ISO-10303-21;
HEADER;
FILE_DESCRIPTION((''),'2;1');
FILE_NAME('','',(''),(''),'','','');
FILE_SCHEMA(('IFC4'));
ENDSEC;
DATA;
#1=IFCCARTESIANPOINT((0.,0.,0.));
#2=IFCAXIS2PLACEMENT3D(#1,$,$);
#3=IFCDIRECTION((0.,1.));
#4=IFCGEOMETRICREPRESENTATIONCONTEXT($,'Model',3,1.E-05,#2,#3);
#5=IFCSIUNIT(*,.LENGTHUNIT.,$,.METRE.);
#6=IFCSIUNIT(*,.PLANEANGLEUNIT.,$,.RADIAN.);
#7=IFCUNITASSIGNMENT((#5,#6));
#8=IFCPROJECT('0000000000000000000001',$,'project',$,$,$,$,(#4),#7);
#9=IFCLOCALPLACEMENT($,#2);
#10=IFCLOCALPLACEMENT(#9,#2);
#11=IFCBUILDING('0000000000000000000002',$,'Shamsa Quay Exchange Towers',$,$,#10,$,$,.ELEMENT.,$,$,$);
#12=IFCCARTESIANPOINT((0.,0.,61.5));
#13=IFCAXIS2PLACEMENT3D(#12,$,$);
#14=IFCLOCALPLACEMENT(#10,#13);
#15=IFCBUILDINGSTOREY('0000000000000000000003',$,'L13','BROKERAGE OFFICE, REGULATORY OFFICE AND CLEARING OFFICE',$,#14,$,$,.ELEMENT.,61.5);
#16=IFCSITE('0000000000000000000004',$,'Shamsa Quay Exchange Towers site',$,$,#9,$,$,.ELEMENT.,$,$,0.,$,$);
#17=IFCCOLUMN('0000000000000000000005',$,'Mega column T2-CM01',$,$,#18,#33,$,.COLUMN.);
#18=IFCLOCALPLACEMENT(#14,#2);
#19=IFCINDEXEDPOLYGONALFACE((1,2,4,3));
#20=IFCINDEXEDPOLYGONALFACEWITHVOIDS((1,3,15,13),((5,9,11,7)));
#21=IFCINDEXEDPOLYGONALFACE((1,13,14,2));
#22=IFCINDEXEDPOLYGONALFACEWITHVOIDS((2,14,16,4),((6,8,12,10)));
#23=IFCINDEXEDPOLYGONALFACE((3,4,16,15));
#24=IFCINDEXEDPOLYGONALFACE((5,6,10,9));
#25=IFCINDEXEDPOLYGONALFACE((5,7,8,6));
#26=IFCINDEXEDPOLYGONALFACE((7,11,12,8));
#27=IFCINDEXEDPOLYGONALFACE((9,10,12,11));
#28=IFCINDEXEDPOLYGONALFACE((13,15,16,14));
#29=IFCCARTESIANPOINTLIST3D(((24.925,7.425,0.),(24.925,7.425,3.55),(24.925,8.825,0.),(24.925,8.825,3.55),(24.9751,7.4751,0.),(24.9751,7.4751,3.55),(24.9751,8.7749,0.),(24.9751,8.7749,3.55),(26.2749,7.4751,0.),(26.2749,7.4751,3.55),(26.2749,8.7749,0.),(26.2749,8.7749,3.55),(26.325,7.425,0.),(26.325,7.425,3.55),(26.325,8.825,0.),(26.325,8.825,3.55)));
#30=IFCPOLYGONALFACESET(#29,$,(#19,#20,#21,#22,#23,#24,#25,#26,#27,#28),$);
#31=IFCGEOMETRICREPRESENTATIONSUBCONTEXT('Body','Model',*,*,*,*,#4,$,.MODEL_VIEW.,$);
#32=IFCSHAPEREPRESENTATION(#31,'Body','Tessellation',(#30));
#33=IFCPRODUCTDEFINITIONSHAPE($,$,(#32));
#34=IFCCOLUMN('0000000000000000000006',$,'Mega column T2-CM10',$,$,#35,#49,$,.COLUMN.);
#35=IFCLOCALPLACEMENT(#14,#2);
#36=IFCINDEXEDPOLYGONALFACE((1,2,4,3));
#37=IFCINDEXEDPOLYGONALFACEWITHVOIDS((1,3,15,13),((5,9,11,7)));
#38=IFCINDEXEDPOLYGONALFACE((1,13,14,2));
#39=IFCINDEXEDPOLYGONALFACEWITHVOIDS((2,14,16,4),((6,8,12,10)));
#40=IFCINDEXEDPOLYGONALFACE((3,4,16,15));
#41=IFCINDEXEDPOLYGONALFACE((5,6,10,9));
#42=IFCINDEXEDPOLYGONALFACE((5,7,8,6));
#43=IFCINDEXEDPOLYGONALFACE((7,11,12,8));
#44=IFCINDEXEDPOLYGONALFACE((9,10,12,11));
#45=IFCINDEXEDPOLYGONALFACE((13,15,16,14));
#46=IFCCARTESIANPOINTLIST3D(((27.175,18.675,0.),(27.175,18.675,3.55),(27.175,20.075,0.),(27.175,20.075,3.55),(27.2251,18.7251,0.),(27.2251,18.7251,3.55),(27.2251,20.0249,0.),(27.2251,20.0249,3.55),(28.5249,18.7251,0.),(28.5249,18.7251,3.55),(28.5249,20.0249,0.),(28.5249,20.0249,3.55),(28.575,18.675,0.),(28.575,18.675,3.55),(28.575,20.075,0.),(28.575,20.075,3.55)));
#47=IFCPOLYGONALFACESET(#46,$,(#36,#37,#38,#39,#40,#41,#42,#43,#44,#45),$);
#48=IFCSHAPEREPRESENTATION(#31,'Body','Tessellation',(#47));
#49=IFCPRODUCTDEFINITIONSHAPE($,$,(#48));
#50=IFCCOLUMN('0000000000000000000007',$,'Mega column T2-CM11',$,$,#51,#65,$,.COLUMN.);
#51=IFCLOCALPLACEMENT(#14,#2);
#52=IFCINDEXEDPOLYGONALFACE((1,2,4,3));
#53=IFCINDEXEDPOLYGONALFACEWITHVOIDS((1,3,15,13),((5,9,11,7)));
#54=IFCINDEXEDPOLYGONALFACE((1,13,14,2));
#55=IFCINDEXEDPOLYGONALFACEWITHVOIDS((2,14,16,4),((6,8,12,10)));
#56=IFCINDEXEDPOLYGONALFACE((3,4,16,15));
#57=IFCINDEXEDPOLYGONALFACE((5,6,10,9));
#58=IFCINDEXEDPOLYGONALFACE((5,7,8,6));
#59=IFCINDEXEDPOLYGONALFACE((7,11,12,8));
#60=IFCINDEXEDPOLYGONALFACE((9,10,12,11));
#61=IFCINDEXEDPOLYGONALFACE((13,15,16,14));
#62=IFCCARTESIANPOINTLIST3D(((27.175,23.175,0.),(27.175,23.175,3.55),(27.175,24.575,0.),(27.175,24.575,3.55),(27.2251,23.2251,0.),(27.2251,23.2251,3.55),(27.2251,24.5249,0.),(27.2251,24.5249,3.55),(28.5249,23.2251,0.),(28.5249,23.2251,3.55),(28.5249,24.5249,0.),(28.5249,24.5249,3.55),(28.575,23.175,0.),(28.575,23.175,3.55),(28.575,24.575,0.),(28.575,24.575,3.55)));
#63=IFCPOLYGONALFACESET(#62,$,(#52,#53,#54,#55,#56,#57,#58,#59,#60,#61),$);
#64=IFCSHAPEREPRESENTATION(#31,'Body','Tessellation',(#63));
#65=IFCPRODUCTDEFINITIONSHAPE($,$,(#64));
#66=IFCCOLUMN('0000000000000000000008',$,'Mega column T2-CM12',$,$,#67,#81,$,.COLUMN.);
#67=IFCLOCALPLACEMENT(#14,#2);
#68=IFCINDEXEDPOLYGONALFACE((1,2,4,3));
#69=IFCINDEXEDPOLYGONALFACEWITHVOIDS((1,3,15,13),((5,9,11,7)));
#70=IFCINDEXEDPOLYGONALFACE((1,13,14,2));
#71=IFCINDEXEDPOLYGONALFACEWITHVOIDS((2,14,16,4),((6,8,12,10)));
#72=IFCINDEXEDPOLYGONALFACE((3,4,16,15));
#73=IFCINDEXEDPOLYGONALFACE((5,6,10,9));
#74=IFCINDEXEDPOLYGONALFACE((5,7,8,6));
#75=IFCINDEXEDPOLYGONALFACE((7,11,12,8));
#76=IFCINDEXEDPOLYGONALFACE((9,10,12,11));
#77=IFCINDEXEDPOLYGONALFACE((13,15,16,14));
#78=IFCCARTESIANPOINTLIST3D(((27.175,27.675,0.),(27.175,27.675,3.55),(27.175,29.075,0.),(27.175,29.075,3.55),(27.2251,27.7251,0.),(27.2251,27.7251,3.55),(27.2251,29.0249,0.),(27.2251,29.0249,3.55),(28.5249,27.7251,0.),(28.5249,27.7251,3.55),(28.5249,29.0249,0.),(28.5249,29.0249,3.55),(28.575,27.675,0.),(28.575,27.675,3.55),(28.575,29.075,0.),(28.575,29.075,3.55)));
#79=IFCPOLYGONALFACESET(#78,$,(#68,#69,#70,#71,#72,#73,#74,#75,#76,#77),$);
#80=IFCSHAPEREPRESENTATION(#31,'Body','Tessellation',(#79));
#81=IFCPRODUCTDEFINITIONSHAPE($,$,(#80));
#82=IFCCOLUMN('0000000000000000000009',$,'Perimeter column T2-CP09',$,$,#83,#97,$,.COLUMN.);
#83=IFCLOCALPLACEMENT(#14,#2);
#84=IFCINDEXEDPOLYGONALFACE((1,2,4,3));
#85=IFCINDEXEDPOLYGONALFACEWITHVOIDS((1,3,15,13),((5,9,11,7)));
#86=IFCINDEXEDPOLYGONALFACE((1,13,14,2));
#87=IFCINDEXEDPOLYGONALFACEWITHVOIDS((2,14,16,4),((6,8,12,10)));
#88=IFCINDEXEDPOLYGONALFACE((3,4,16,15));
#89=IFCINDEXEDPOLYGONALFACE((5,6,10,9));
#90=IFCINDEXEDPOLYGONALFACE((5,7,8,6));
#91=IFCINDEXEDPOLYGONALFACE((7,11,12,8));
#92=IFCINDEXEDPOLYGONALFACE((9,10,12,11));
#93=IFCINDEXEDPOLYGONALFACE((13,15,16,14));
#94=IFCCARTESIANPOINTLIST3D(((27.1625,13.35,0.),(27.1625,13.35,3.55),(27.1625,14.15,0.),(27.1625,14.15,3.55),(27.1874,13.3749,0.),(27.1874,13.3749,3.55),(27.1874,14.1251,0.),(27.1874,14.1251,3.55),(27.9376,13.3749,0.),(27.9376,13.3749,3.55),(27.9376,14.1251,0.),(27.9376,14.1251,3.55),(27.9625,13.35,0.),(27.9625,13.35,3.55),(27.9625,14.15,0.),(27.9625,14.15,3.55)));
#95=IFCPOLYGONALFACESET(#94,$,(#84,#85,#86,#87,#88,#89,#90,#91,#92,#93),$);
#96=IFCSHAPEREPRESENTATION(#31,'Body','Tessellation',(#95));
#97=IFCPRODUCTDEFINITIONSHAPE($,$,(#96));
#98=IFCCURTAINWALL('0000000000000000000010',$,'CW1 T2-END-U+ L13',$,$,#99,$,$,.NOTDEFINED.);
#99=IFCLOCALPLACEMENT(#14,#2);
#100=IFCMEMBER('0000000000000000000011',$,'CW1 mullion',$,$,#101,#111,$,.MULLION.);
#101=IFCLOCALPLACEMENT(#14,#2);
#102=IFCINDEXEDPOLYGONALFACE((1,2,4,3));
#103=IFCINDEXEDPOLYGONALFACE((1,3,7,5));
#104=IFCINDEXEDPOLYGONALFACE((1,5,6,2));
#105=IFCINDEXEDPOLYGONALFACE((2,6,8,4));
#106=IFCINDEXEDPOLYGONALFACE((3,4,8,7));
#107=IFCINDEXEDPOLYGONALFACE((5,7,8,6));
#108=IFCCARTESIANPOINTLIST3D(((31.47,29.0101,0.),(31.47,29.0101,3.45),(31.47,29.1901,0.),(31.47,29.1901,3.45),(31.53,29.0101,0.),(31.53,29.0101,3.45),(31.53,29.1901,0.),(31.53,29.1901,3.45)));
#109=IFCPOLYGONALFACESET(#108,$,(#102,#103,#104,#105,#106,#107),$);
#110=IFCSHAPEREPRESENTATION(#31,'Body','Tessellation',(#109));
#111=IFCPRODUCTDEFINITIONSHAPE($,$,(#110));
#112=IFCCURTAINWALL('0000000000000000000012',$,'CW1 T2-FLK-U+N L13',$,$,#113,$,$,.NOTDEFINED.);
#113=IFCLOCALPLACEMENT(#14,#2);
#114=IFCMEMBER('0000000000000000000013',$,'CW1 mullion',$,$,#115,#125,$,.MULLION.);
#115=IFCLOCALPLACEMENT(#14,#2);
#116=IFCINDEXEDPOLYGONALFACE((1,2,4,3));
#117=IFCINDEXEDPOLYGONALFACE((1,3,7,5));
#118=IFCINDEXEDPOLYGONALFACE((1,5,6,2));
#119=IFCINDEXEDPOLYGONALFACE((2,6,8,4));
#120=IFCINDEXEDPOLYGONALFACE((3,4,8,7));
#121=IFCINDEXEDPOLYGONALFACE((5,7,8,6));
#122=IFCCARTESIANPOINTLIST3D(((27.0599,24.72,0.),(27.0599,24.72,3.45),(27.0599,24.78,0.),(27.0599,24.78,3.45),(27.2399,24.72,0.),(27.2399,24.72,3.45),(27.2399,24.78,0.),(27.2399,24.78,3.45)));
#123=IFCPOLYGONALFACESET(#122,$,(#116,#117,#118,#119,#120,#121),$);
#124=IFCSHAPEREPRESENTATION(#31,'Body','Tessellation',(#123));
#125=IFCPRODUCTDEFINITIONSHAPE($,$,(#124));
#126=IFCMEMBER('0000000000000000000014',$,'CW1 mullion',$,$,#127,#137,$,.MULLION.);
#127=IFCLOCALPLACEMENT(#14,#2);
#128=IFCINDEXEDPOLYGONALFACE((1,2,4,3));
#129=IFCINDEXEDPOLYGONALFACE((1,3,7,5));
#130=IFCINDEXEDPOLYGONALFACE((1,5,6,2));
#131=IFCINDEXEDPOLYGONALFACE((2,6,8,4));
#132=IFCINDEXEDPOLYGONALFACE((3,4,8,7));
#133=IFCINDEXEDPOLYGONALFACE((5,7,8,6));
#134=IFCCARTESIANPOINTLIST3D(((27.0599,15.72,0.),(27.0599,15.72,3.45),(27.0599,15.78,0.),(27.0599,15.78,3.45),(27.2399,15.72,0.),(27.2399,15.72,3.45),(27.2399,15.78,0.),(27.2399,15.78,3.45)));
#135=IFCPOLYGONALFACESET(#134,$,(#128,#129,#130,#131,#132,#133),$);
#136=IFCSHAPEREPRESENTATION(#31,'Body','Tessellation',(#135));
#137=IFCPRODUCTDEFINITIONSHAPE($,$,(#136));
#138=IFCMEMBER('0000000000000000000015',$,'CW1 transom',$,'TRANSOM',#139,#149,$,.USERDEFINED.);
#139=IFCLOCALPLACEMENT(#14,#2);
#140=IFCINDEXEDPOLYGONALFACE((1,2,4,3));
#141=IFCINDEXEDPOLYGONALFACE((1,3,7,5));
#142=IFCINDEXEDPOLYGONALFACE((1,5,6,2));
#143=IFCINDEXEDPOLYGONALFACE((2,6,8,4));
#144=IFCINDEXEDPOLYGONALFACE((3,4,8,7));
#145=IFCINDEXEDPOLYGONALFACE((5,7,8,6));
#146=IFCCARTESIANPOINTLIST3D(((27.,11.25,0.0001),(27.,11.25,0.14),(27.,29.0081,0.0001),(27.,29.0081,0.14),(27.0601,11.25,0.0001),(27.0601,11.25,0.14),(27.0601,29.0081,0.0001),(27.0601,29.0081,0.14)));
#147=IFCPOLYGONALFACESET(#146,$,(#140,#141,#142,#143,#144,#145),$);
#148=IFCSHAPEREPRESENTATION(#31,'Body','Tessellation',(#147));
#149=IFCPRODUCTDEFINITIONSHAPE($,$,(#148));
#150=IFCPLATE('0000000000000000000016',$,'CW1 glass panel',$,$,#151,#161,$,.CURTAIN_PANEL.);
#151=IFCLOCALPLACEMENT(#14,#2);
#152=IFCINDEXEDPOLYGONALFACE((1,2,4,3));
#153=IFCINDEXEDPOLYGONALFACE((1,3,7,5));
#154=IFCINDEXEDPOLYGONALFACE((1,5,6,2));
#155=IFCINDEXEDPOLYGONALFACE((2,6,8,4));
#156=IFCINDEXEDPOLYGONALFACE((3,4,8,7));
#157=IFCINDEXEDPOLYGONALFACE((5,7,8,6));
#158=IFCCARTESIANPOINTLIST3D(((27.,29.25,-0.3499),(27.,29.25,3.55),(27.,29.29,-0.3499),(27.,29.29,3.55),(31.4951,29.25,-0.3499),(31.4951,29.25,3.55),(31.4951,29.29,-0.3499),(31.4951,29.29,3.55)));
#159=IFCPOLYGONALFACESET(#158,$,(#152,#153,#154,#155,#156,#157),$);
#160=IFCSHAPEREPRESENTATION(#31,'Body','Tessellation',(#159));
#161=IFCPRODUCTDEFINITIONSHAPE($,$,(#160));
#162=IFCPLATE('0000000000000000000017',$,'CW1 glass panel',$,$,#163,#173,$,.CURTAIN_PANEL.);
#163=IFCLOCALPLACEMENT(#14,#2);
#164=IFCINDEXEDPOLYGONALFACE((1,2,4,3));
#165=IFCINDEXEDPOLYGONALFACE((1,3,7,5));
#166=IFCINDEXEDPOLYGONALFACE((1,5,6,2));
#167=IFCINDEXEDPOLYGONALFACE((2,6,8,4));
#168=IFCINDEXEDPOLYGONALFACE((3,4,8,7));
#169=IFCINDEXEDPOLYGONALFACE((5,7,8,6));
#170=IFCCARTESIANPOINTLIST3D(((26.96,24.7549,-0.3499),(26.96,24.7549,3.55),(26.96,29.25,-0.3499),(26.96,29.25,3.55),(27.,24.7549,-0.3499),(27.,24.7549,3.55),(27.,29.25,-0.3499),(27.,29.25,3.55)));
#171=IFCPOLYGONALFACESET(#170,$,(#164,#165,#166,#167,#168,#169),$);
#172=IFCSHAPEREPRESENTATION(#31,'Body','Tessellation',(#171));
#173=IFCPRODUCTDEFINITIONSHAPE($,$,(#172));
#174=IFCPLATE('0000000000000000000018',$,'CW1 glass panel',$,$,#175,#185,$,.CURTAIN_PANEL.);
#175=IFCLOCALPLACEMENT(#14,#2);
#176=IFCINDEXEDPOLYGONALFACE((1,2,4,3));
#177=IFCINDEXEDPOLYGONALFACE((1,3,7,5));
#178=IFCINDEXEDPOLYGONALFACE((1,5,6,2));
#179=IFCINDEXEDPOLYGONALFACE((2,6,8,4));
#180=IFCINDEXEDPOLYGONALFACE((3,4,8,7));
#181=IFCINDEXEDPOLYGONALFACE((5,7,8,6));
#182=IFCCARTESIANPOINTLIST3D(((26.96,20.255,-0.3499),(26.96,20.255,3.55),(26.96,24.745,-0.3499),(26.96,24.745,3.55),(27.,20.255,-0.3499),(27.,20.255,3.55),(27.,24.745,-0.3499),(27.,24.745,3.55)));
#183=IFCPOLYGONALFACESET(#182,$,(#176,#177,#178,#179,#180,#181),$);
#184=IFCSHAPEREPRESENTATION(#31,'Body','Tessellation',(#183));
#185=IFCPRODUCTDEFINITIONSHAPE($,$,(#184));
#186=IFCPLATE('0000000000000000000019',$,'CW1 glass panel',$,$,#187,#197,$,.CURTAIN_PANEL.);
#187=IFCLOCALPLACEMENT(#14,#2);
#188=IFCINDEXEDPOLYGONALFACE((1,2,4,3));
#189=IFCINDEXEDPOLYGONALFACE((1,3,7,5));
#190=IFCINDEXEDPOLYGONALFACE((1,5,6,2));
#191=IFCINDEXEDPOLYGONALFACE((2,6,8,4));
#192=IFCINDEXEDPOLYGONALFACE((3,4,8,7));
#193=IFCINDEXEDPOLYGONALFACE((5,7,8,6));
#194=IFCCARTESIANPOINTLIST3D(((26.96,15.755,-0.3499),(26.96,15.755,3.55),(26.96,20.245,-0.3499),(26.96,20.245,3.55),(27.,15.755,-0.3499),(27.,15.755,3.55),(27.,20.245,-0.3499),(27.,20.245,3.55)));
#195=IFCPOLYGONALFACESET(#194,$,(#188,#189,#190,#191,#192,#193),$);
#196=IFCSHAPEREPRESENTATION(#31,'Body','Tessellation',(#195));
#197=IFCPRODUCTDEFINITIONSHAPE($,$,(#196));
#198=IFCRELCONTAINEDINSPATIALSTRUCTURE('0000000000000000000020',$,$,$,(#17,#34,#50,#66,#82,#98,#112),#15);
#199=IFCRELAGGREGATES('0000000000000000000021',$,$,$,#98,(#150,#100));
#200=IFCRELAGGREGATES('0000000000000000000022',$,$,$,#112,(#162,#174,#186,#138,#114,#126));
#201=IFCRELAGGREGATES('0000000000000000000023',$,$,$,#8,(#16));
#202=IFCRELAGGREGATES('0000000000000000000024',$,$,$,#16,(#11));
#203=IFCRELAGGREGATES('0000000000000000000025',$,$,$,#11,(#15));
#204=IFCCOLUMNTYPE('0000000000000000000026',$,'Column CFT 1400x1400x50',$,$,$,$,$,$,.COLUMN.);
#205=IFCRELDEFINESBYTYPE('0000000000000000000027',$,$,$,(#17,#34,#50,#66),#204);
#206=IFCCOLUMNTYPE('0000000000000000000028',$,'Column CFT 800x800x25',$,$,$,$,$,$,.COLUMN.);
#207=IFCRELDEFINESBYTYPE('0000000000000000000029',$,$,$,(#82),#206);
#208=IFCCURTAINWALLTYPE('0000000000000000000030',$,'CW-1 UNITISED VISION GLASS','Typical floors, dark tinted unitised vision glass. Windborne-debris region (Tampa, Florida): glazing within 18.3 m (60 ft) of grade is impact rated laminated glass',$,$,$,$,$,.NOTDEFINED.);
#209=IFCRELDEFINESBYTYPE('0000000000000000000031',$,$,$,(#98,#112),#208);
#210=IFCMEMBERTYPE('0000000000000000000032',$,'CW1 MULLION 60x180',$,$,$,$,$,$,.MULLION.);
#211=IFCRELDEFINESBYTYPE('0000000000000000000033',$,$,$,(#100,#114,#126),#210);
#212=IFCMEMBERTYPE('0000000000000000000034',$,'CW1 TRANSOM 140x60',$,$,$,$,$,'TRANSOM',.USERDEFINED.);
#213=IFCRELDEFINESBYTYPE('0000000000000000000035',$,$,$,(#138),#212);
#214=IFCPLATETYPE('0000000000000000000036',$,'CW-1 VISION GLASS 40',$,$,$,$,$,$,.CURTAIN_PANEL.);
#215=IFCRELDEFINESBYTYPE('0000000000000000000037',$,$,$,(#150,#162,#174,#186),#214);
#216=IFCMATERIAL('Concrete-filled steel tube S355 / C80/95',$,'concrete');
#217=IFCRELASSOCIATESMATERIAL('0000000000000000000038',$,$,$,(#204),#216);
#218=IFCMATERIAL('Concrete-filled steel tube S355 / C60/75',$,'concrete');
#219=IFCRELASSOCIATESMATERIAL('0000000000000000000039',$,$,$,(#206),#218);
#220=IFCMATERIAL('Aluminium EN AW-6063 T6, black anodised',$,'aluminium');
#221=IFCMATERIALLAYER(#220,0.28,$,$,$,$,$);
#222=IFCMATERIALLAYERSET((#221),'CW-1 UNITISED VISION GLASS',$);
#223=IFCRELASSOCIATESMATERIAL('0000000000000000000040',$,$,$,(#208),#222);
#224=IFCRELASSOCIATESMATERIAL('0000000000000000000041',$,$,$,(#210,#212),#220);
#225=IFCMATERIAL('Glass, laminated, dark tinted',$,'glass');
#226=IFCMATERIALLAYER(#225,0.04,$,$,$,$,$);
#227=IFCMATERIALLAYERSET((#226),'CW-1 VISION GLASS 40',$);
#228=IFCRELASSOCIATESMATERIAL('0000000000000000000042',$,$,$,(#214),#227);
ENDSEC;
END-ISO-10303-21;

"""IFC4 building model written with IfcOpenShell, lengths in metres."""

from ifc_helpers import new_model, si_unit, direction, frame, origin, origin_2d, place, context, subcontext, project, spatial, rectangle, hollow_rectangle, extrude, material, layer, layer_set, material_profile, profile_set, type_object, element, aggregate, save


model = new_model("IFC4")

# Units and contexts
model_context = context("Model", 3, precision=1e-05, world=origin(), true_north=direction((0.0, 1.0)))
body_context = subcontext(model_context, "Body", "Model", "MODEL_VIEW")
ifc_project = project(units=[si_unit("LENGTHUNIT", "METRE"), si_unit("PLANEANGLEUNIT", "RADIAN")], contexts=[model_context])

# Site, building, storey
site_placement = place(None, origin())
site = spatial("IfcSite", under=ifc_project, at=site_placement, Name="Shamsa Quay Exchange Towers site", CompositionType="ELEMENT", RefElevation=0.0)
building_placement = place(site_placement, origin())
building = spatial("IfcBuilding", under=site, at=building_placement, Name="Shamsa Quay Exchange Towers", CompositionType="ELEMENT")
storey_placement = place(building_placement, frame((0.0, 0.0, 61.5)))
storey = spatial("IfcBuildingStorey", under=building, at=storey_placement, Name="L13", Description="BROKERAGE OFFICE, REGULATORY OFFICE AND CLEARING OFFICE", CompositionType="ELEMENT", Elevation=61.5)

# Columns
ifc_material_1 = material(Name="Concrete-filled steel tube S355 / C80/95", Category="concrete")
ifc_material_profile_1 = material_profile(ifc_material_1, hollow_rectangle(XDim=1.3999, YDim=1.3999, WallThickness=0.05, at=origin_2d()), Name="CFT 1400x1400x50")
ifc_profile_set_1 = profile_set([ifc_material_profile_1], Name="Concrete-filled steel tube S355 / C80/95")
column_type_1 = type_object("IfcColumnType", Name="Column CFT 1400x1400x50", PredefinedType="COLUMN", material=ifc_profile_set_1)
for number, where, name in (
    (1, (25.625, 8.125, 0.0), "Mega column T2-CM01"),
    (2, (27.875, 19.375, 0.0), "Mega column T2-CM10"),
    (3, (27.875, 23.875, 0.0), "Mega column T2-CM11"),
    (4, (27.875, 28.375, 0.0), "Mega column T2-CM12"),
):
    element("IfcColumn", number, at=place(storey_placement, frame(where)), inside=storey, type_object=column_type_1, Name=name, PredefinedType="COLUMN", context=body_context, shape_type="SweptSolid", body=[
        extrude(hollow_rectangle(XDim=1.3999, YDim=1.3999, WallThickness=0.05, at=origin_2d()), origin(), (0.0, 0.0, 1.0), 3.55),
    ])
ifc_material_2 = material(Name="Concrete-filled steel tube S355 / C60/75", Category="concrete")
ifc_material_profile_2 = material_profile(ifc_material_2, hollow_rectangle(XDim=0.8, YDim=0.8, WallThickness=0.0249, at=origin_2d()), Name="CFT 800x800x25")
ifc_profile_set_2 = profile_set([ifc_material_profile_2], Name="Concrete-filled steel tube S355 / C60/75")
column_type_2 = type_object("IfcColumnType", Name="Column CFT 800x800x25", PredefinedType="COLUMN", material=ifc_profile_set_2)
column_placement = place(storey_placement, frame((27.5625, 13.75, 0.0)))
element("IfcColumn", 5, at=column_placement, inside=storey, type_object=column_type_2, Name="Perimeter column T2-CP09", PredefinedType="COLUMN", context=body_context, shape_type="SweptSolid", body=[
    extrude(hollow_rectangle(XDim=0.8, YDim=0.8, WallThickness=0.0249, at=origin_2d()), origin(), (0.0, 0.0, 1.0), 3.55),
])

# Curtain wall, member
ifc_material_3 = material(Name="Aluminium EN AW-6063 T6, black anodised", Category="aluminium")
ifc_layer_1 = layer(ifc_material_3, 0.28)
ifc_layer_set_1 = layer_set([ifc_layer_1], Name="CW-1 UNITISED VISION GLASS")
curtain_wall_type_1 = type_object("IfcCurtainWallType", Name="CW-1 UNITISED VISION GLASS", Description="Typical floors, dark tinted unitised vision glass. Windborne-debris region (Tampa, Florida): glazing within 18.3 m (60 ft) of grade is impact rated laminated glass", PredefinedType="NOTDEFINED", material=ifc_layer_set_1)
curtain_wall_1_placement = place(storey_placement, origin())
curtain_wall_1 = element("IfcCurtainWall", 6, at=curtain_wall_1_placement, inside=storey, type_object=curtain_wall_type_1, Name="CW1 T2-END-U+ L13", PredefinedType="NOTDEFINED")
ifc_material_profile_3 = material_profile(ifc_material_3, rectangle(XDim=0.1799, YDim=0.0601, at=origin_2d()), Name="MU60x180")
ifc_profile_set_3 = profile_set([ifc_material_profile_3], Name="Aluminium EN AW-6063 T6, black anodised")
member_type_1 = type_object("IfcMemberType", Name="CW1 MULLION 60x180", PredefinedType="MULLION", material=ifc_profile_set_3)
member_1_placement = place(storey_placement, frame((31.5, 29.1001, 0.0), z_axis=(0.0, 0.0, 1.0), x_axis=(0.0, -1.0, 0.0)))
member_1 = element("IfcMember", 7, at=member_1_placement, type_object=member_type_1, Name="CW1 mullion", PredefinedType="MULLION", context=body_context, shape_type="SweptSolid", body=[
    extrude(rectangle(XDim=0.1799, YDim=0.0601, at=origin_2d()), origin(), (0.0, 0.0, 1.0), 3.45),
])

# Curtain wall, members
curtain_wall_2_placement = place(storey_placement, origin())
curtain_wall_2 = element("IfcCurtainWall", 8, at=curtain_wall_2_placement, inside=storey, type_object=curtain_wall_type_1, Name="CW1 T2-FLK-U+N L13", PredefinedType="NOTDEFINED")
member_2_placement = place(storey_placement, frame((27.1499, 24.75, 0.0)))
member_2 = element("IfcMember", 9, at=member_2_placement, type_object=member_type_1, Name="CW1 mullion", PredefinedType="MULLION", context=body_context, shape_type="SweptSolid", body=[
    extrude(rectangle(XDim=0.1799, YDim=0.0601, at=origin_2d()), origin(), (0.0, 0.0, 1.0), 3.45),
])
member_3_placement = place(storey_placement, frame((27.1499, 15.75, 0.0)))
member_3 = element("IfcMember", 10, at=member_3_placement, type_object=member_type_1, Name="CW1 mullion", PredefinedType="MULLION", context=body_context, shape_type="SweptSolid", body=[
    extrude(rectangle(XDim=0.1799, YDim=0.0601, at=origin_2d()), origin(), (0.0, 0.0, 1.0), 3.45),
])
ifc_material_profile_4 = material_profile(ifc_material_3, rectangle(XDim=0.0601, YDim=0.1399, at=origin_2d()), Name="TR140x60")
ifc_profile_set_4 = profile_set([ifc_material_profile_4], Name="Aluminium EN AW-6063 T6, black anodised")
member_type_2 = type_object("IfcMemberType", Name="CW1 TRANSOM 140x60", ElementType="TRANSOM", PredefinedType="USERDEFINED", material=ifc_profile_set_4)
member_4_placement = place(storey_placement, frame((27.03, 29.0081, 0.0701), z_axis=(0.0, -1.0, 0.0), x_axis=(1.0, 0.0, 0.0)))
member_4 = element("IfcMember", 11, at=member_4_placement, type_object=member_type_2, Name="CW1 transom", ObjectType="TRANSOM", PredefinedType="USERDEFINED", context=body_context, shape_type="SweptSolid", body=[
    extrude(rectangle(XDim=0.0601, YDim=0.1399, at=origin_2d()), origin(), (0.0, 0.0, 1.0), 17.7581),
])

# Plates
ifc_material_4 = material(Name="Glass, laminated, dark tinted", Category="glass")
ifc_layer_2 = layer(ifc_material_4, 0.04)
ifc_layer_set_2 = layer_set([ifc_layer_2], Name="CW-1 VISION GLASS 40")
plate_type_1 = type_object("IfcPlateType", Name="CW-1 VISION GLASS 40", PredefinedType="CURTAIN_PANEL", material=ifc_layer_set_2)
plate_1_placement = place(storey_placement, frame((29.2476, 29.27, -0.3499), z_axis=(0.0, 0.0, 1.0), x_axis=(-1.0, 0.0, 0.0)))
plate_1 = element("IfcPlate", 12, at=plate_1_placement, type_object=plate_type_1, Name="CW1 glass panel", PredefinedType="CURTAIN_PANEL", context=body_context, shape_type="SweptSolid", body=[
    extrude(rectangle(XDim=4.4951, YDim=0.04, at=origin_2d()), origin(), (0.0, 0.0, 1.0), 3.8999),
])
aggregate(curtain_wall_1, [plate_1, member_1])
plate_2_placement = place(storey_placement, frame((26.98, 27.0024, -0.3499), z_axis=(0.0, 0.0, 1.0), x_axis=(0.0, -1.0, 0.0)))
plate_2 = element("IfcPlate", 13, at=plate_2_placement, type_object=plate_type_1, Name="CW1 glass panel", PredefinedType="CURTAIN_PANEL", context=body_context, shape_type="SweptSolid", body=[
    extrude(rectangle(XDim=4.4951, YDim=0.04, at=origin_2d()), origin(), (0.0, 0.0, 1.0), 3.8999),
])
plate_3_placement = place(storey_placement, frame((26.98, 22.5, -0.3499), z_axis=(0.0, 0.0, 1.0), x_axis=(0.0, -1.0, 0.0)))
plate_3 = element("IfcPlate", 14, at=plate_3_placement, type_object=plate_type_1, Name="CW1 glass panel", PredefinedType="CURTAIN_PANEL", context=body_context, shape_type="SweptSolid", body=[
    extrude(rectangle(XDim=4.49, YDim=0.04, at=origin_2d()), origin(), (0.0, 0.0, 1.0), 3.8999),
])
plate_4_placement = place(storey_placement, frame((26.98, 18.0, -0.3499), z_axis=(0.0, 0.0, 1.0), x_axis=(0.0, -1.0, 0.0)))
plate_4 = element("IfcPlate", 15, at=plate_4_placement, type_object=plate_type_1, Name="CW1 glass panel", PredefinedType="CURTAIN_PANEL", context=body_context, shape_type="SweptSolid", body=[
    extrude(rectangle(XDim=4.49, YDim=0.04, at=origin_2d()), origin(), (0.0, 0.0, 1.0), 3.8999),
])
aggregate(curtain_wall_2, [plate_2, plate_3, plate_4, member_4, member_2, member_3])

save(model, "model.ifc")
